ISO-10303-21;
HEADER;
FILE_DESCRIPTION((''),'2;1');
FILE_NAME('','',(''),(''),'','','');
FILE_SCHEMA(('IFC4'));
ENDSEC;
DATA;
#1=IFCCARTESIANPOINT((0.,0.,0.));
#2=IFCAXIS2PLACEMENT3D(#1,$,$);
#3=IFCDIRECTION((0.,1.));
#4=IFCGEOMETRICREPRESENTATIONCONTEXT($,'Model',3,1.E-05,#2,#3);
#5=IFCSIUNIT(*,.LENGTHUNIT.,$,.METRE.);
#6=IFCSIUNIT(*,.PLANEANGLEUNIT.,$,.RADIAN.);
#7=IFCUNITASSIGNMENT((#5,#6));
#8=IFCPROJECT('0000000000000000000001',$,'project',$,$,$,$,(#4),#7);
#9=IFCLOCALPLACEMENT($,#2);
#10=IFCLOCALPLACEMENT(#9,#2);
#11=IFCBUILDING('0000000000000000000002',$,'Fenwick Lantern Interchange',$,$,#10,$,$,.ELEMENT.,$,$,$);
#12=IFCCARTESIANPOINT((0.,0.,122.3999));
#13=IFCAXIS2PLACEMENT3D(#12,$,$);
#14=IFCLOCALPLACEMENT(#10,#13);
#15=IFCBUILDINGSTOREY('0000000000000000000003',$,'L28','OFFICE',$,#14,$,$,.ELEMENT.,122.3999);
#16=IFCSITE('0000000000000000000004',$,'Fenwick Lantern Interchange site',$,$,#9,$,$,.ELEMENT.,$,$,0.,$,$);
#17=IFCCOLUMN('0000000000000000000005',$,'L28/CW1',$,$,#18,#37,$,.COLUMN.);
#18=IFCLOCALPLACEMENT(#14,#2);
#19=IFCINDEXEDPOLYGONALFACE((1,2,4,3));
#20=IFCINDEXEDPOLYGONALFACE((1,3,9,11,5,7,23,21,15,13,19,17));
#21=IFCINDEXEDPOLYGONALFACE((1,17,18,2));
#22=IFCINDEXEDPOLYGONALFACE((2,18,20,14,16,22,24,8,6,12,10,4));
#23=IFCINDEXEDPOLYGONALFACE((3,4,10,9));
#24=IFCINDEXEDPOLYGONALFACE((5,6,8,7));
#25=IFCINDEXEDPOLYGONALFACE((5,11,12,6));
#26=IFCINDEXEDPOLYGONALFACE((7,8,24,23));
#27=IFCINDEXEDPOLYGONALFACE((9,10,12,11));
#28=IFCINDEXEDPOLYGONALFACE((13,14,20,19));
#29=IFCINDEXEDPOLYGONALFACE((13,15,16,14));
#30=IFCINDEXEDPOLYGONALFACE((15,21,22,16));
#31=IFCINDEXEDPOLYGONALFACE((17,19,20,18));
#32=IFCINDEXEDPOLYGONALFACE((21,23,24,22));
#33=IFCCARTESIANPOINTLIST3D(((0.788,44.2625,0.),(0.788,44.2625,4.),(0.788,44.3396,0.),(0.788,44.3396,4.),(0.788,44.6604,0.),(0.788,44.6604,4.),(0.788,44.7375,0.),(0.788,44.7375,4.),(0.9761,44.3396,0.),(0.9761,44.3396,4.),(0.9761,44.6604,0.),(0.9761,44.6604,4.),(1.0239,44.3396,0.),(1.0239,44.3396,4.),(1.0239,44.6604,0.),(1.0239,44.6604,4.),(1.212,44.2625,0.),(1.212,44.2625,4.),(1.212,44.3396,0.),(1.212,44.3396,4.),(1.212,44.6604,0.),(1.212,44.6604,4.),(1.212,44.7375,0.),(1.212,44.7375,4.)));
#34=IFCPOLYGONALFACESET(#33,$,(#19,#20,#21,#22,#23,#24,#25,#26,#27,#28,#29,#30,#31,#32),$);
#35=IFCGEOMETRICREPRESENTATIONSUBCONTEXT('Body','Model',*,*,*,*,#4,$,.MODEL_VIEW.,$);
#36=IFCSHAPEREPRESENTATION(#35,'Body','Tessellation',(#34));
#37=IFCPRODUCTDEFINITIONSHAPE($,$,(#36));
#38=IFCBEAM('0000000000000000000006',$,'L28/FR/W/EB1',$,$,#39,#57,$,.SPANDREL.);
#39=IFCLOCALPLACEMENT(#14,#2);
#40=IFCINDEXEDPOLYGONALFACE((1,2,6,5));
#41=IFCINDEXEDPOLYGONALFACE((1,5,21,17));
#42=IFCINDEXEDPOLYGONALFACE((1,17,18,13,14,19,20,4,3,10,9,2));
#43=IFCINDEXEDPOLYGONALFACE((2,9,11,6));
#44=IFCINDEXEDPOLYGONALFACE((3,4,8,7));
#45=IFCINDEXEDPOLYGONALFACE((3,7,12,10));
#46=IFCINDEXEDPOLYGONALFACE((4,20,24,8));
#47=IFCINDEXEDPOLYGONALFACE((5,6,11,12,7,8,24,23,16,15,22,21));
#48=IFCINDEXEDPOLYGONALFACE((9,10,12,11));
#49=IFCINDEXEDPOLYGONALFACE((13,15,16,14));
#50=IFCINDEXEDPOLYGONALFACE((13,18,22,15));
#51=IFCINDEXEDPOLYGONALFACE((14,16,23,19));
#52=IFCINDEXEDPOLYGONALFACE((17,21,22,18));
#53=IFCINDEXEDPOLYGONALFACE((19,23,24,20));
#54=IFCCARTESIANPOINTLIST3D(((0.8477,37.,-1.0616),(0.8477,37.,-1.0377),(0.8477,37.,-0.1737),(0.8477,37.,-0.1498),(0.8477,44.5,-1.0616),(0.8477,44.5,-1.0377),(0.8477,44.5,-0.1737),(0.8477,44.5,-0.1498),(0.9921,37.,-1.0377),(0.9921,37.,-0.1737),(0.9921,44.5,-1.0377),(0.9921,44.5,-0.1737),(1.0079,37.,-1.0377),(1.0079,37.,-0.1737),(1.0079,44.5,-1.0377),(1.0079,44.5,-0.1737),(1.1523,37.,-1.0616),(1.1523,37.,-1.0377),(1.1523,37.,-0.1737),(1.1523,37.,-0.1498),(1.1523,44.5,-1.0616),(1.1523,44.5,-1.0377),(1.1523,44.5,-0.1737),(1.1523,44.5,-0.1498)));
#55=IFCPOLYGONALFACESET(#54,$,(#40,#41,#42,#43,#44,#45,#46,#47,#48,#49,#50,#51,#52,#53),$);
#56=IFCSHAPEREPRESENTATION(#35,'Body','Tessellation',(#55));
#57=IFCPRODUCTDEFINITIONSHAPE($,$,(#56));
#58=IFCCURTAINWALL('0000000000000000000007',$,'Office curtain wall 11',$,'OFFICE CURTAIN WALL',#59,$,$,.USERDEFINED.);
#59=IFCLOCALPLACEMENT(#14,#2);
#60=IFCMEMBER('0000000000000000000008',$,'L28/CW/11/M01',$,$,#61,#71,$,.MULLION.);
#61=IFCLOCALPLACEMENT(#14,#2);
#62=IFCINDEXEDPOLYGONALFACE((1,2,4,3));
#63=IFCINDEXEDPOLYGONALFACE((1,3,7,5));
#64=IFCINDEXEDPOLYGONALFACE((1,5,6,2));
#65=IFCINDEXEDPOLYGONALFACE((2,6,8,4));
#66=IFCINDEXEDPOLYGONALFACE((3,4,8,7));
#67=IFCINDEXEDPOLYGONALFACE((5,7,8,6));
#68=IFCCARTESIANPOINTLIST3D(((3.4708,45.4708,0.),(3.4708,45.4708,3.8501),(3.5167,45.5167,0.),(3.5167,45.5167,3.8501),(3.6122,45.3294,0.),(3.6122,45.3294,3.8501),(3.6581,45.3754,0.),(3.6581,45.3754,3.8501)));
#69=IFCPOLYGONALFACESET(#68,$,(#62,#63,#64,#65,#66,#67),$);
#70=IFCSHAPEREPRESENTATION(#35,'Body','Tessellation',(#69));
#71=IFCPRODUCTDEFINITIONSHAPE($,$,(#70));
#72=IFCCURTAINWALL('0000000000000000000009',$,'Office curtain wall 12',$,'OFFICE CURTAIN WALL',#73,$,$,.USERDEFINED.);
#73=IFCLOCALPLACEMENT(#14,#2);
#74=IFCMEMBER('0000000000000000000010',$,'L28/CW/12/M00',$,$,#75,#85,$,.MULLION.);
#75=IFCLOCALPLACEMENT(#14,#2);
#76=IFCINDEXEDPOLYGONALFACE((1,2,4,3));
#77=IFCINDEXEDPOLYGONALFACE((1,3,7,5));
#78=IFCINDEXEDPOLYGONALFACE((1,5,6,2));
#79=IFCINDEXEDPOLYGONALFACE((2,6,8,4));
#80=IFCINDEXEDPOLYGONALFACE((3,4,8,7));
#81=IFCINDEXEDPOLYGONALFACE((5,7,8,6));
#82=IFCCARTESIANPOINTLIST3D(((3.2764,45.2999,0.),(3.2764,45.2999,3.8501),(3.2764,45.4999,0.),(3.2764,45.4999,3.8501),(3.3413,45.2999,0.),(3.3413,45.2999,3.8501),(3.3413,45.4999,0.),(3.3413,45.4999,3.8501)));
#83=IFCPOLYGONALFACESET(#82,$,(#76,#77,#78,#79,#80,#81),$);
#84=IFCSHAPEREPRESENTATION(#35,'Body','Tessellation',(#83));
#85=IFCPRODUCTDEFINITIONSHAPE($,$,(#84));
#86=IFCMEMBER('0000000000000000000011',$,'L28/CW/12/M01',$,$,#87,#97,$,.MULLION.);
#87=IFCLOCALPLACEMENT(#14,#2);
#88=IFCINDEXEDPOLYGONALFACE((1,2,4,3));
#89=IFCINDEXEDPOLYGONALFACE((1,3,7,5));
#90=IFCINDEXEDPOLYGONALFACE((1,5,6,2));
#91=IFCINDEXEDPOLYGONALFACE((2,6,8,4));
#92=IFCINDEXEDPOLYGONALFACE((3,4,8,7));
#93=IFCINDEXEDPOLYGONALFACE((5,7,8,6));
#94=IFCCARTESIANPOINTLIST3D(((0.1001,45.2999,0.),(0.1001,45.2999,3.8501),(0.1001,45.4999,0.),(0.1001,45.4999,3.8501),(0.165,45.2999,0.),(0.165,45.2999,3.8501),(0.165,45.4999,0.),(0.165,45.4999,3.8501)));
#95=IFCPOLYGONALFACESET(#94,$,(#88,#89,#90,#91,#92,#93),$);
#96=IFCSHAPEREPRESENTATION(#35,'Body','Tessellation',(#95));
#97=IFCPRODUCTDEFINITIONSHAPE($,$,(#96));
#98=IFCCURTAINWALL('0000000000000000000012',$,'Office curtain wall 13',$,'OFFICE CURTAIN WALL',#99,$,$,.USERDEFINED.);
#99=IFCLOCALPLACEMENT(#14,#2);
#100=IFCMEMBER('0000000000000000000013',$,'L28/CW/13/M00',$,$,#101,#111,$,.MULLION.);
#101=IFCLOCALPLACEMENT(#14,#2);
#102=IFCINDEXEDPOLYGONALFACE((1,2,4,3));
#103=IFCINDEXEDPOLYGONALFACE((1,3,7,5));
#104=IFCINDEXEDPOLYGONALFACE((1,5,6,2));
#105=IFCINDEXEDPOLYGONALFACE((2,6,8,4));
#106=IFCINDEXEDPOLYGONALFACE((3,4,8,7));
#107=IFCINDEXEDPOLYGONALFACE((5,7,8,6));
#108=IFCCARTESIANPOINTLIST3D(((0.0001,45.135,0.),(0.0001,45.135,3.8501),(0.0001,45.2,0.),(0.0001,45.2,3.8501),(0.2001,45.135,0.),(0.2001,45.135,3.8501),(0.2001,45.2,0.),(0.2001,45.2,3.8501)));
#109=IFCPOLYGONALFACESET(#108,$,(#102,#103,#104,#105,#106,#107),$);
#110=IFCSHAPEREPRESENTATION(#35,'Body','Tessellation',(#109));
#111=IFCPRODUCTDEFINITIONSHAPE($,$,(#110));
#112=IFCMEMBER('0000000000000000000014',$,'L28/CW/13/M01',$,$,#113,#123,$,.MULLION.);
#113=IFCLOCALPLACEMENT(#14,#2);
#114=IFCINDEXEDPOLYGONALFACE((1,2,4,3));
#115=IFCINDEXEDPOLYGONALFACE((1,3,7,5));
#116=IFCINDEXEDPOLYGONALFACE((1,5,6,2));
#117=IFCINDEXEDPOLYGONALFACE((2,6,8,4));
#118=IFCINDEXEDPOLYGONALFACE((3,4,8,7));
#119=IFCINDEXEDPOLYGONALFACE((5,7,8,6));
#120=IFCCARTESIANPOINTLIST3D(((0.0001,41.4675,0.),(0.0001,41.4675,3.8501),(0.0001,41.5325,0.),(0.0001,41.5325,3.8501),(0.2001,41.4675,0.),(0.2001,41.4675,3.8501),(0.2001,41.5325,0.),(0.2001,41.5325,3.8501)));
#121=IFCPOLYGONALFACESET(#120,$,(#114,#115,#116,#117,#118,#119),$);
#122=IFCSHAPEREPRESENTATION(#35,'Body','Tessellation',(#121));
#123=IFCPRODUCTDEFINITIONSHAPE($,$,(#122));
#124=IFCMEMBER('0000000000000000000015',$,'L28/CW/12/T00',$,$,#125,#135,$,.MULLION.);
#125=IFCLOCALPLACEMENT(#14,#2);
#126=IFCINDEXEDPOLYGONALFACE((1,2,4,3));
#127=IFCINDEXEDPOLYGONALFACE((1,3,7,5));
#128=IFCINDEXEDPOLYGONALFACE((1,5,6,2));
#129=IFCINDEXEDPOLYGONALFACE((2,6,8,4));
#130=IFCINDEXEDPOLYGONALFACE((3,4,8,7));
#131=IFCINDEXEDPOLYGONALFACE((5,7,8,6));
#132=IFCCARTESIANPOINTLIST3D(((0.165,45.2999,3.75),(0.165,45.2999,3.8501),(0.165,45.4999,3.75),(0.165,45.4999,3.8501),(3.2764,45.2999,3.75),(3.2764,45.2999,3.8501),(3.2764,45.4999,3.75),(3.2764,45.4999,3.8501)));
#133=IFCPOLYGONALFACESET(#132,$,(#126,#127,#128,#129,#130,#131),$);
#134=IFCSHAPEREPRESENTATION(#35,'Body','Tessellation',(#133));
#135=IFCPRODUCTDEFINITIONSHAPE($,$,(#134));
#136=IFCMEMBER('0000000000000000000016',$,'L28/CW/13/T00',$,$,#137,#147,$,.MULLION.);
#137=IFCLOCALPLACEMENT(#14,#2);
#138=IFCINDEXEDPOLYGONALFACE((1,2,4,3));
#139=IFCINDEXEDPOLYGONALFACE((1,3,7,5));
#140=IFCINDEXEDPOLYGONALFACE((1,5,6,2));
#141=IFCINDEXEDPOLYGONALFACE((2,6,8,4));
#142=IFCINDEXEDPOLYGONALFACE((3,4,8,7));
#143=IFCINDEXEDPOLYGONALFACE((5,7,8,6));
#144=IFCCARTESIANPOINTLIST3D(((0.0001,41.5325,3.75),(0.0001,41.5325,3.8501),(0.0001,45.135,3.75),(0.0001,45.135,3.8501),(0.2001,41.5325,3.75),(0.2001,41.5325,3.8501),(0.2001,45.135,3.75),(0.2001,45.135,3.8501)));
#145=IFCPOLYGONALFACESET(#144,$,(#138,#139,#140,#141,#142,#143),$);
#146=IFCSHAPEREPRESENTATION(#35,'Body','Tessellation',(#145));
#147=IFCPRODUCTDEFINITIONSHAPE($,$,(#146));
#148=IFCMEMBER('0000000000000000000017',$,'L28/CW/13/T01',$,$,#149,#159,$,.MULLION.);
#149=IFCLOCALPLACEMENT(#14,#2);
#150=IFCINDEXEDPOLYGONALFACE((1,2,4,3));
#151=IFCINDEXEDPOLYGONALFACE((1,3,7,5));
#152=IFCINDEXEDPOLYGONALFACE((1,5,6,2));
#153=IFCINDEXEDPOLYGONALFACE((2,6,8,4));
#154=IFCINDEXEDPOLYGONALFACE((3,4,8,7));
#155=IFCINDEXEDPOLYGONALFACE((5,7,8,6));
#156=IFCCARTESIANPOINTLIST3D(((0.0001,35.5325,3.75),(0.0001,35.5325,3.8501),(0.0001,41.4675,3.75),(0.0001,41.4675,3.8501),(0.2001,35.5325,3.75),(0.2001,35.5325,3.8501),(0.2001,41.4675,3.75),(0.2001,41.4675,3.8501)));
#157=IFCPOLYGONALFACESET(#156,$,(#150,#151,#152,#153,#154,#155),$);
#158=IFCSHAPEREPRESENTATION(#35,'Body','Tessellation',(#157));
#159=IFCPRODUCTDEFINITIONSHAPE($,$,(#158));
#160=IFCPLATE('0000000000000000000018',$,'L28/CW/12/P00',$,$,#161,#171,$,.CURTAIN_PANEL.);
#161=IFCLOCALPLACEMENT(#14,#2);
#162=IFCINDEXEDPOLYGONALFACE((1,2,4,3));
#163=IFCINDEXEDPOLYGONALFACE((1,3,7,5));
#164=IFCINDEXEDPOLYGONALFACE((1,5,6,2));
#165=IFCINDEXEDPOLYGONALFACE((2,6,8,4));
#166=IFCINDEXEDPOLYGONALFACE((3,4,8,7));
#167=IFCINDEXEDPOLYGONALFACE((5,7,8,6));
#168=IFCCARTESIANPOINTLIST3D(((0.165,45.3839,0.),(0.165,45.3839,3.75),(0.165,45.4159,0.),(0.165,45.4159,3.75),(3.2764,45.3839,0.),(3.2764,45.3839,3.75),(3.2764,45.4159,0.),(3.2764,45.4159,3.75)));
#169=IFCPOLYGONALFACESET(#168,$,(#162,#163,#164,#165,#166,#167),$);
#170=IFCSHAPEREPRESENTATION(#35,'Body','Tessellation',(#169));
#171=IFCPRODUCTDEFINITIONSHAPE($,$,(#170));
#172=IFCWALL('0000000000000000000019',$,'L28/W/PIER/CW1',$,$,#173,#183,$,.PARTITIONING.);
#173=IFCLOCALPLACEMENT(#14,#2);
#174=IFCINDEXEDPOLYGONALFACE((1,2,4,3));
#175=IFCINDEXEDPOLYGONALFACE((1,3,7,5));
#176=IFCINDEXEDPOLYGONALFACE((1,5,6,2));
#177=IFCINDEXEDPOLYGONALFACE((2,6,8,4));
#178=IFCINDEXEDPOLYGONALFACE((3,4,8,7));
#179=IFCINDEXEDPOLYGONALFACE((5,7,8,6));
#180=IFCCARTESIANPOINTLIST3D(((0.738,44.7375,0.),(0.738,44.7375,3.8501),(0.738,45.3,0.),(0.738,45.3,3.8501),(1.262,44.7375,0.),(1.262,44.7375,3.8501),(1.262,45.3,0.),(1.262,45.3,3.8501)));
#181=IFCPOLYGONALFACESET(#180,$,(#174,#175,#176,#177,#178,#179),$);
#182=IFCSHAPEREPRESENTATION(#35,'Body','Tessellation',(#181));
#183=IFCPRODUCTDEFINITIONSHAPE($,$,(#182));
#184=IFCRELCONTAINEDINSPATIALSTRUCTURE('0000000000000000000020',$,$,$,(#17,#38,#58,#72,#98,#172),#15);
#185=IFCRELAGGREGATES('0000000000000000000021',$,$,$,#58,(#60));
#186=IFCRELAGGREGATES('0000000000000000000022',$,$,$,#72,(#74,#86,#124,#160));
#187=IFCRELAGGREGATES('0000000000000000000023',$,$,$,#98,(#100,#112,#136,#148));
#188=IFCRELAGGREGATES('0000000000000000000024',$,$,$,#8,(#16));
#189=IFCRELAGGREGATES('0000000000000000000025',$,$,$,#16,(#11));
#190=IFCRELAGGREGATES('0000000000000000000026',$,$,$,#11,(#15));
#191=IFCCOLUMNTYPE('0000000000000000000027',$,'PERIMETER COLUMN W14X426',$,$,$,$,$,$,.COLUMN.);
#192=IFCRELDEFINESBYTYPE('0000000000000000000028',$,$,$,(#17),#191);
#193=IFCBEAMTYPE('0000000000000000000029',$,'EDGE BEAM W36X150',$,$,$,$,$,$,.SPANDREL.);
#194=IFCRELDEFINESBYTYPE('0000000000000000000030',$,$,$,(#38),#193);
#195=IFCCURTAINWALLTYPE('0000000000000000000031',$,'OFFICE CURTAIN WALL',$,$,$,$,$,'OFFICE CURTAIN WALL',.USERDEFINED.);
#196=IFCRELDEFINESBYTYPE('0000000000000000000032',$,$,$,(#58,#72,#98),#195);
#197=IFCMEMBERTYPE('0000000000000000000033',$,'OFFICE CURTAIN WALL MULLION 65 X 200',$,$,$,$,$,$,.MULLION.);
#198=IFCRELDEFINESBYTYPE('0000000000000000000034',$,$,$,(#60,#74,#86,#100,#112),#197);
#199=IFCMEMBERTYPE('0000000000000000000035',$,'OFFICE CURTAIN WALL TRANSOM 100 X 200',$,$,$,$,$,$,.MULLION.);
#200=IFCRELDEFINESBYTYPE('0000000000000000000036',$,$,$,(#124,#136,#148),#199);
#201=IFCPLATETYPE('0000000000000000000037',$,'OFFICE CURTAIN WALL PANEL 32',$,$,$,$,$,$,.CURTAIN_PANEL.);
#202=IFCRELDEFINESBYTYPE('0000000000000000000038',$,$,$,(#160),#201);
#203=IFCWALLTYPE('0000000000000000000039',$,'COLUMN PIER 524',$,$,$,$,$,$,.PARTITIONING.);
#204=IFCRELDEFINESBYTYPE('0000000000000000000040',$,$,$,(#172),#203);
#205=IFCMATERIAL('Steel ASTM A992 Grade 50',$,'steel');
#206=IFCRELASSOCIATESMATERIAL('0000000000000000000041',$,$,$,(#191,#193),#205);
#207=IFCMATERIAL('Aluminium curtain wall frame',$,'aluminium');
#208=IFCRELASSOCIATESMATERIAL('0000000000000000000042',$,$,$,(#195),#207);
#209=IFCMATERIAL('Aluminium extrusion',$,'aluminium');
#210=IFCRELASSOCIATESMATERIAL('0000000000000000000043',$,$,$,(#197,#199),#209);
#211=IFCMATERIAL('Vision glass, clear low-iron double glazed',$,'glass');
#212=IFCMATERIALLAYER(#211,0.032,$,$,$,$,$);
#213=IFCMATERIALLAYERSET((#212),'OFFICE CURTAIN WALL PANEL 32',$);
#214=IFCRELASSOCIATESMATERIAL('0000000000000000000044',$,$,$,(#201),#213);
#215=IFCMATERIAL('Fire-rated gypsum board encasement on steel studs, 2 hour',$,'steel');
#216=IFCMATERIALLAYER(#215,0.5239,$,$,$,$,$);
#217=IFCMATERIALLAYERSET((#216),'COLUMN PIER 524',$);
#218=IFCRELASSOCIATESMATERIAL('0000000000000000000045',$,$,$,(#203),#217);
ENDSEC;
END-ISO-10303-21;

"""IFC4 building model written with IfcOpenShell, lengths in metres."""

from ifc_helpers import new_model, si_unit, direction, frame, frame_2d, origin, origin_2d, place, context, subcontext, project, spatial, rectangle, i_section, extrude, material, layer, layer_set, material_profile, profile_set, type_object, element, aggregate, save


model = new_model("IFC4")

# Units and contexts
model_context = context("Model", 3, precision=1e-05, world=origin(), true_north=direction((0.0, 1.0)))
body_context = subcontext(model_context, "Body", "Model", "MODEL_VIEW")
ifc_project = project(units=[si_unit("LENGTHUNIT", "METRE"), si_unit("PLANEANGLEUNIT", "RADIAN")], contexts=[model_context])

# Site, building, storey
site_placement = place(None, origin())
site = spatial("IfcSite", under=ifc_project, at=site_placement, Name="Fenwick Lantern Interchange site", CompositionType="ELEMENT", RefElevation=0.0)
building_placement = place(site_placement, origin())
building = spatial("IfcBuilding", under=site, at=building_placement, Name="Fenwick Lantern Interchange", CompositionType="ELEMENT")
storey_placement = place(building_placement, frame((0.0, 0.0, 122.3999)))
storey = spatial("IfcBuildingStorey", under=building, at=storey_placement, Name="L28", Description="OFFICE", CompositionType="ELEMENT", Elevation=122.3999)

# Column
ifc_material_1 = material(Name="Steel ASTM A992 Grade 50", Category="steel")
ifc_material_profile_1 = material_profile(ifc_material_1, i_section(OverallWidth=0.4241, OverallDepth=0.4751, WebThickness=0.0479, FlangeThickness=0.0771, at=origin_2d()), Name="W14X426")
ifc_profile_set_1 = profile_set([ifc_material_profile_1], Name="Steel ASTM A992 Grade 50")
column_type = type_object("IfcColumnType", Name="PERIMETER COLUMN W14X426", PredefinedType="COLUMN", material=ifc_profile_set_1)
column_placement = place(storey_placement, frame((1.0, 44.5, 0.0), z_axis=(0.0, 0.0, 1.0), x_axis=(1.0, 0.0, 0.0)))
element("IfcColumn", 1, at=column_placement, inside=storey, type_object=column_type, Name="L28/CW1", PredefinedType="COLUMN", context=body_context, shape_type="SweptSolid", body=[
    extrude(i_section(OverallWidth=0.4241, OverallDepth=0.4751, WebThickness=0.0479, FlangeThickness=0.0771, at=origin_2d()), origin(), (0.0, 0.0, 1.0), 4.0),
])

# Beam
ifc_material_profile_2 = material_profile(ifc_material_1, i_section(OverallWidth=0.3047, OverallDepth=0.9119, WebThickness=0.0159, FlangeThickness=0.0239, at=origin_2d()), Name="W36X150")
ifc_profile_set_2 = profile_set([ifc_material_profile_2], Name="Steel ASTM A992 Grade 50")
beam_type = type_object("IfcBeamType", Name="EDGE BEAM W36X150", PredefinedType="SPANDREL", material=ifc_profile_set_2)
beam_placement = place(storey_placement, frame((1.0, 44.5, -0.6057), z_axis=(0.0, -1.0, 0.0), x_axis=(1.0, 0.0, 0.0)))
element("IfcBeam", 2, at=beam_placement, inside=storey, type_object=beam_type, Name="L28/FR/W/EB1", PredefinedType="SPANDREL", context=body_context, shape_type="SweptSolid", body=[
    extrude(i_section(OverallWidth=0.3047, OverallDepth=0.9119, WebThickness=0.0159, FlangeThickness=0.0239, at=origin_2d()), origin(), (0.0, 0.0, 1.0), 7.5),
])

# Curtain wall, member
ifc_material_2 = material(Name="Aluminium curtain wall frame", Category="aluminium")
curtain_wall_type = type_object("IfcCurtainWallType", Name="OFFICE CURTAIN WALL", ElementType="OFFICE CURTAIN WALL", PredefinedType="USERDEFINED", material=ifc_material_2)
curtain_wall_1_placement = place(storey_placement, origin())
curtain_wall_1 = element("IfcCurtainWall", 3, at=curtain_wall_1_placement, inside=storey, type_object=curtain_wall_type, Name="Office curtain wall 11", ObjectType="OFFICE CURTAIN WALL", PredefinedType="USERDEFINED")
ifc_material_3 = material(Name="Aluminium extrusion", Category="aluminium")
ifc_material_profile_3 = material_profile(ifc_material_3, rectangle(XDim=0.2, YDim=0.0649, at=origin_2d()), Name="OFFICE CURTAIN WALL MULLION 65 X 200")
ifc_profile_set_3 = profile_set([ifc_material_profile_3], Name="Aluminium extrusion")
member_type_1 = type_object("IfcMemberType", Name="OFFICE CURTAIN WALL MULLION 65 X 200", PredefinedType="MULLION", material=ifc_profile_set_3)
member_1_placement = place(storey_placement, frame((3.5645, 45.4231, 0.0), z_axis=(0.0, 0.0, 1.0), x_axis=(0.707107, -0.707107, 0.0)))
member_1 = element("IfcMember", 4, at=member_1_placement, type_object=member_type_1, Name="L28/CW/11/M01", PredefinedType="MULLION", context=body_context, shape_type="SweptSolid", body=[
    extrude(rectangle(XDim=0.2, YDim=0.0649, at=origin_2d()), origin(), (0.0, 0.0, 1.0), 3.8501),
])
aggregate(curtain_wall_1, [member_1])

# Curtain walls, members
curtain_wall_2_placement = place(storey_placement, origin())
curtain_wall_2 = element("IfcCurtainWall", 5, at=curtain_wall_2_placement, inside=storey, type_object=curtain_wall_type, Name="Office curtain wall 12", ObjectType="OFFICE CURTAIN WALL", PredefinedType="USERDEFINED")
member_2_placement = place(storey_placement, frame((3.3088, 45.3999, 0.0), z_axis=(0.0, 0.0, 1.0), x_axis=(0.0, -1.0, 0.0)))
member_2 = element("IfcMember", 6, at=member_2_placement, type_object=member_type_1, Name="L28/CW/12/M00", PredefinedType="MULLION", context=body_context, shape_type="SweptSolid", body=[
    extrude(rectangle(XDim=0.2, YDim=0.0649, at=origin_2d()), origin(), (0.0, 0.0, 1.0), 3.8501),
])
member_3_placement = place(storey_placement, frame((0.1326, 45.3999, 0.0), z_axis=(0.0, 0.0, 1.0), x_axis=(0.0, -1.0, 0.0)))
member_3 = element("IfcMember", 7, at=member_3_placement, type_object=member_type_1, Name="L28/CW/12/M01", PredefinedType="MULLION", context=body_context, shape_type="SweptSolid", body=[
    extrude(rectangle(XDim=0.2, YDim=0.0649, at=origin_2d()), origin(), (0.0, 0.0, 1.0), 3.8501),
])
curtain_wall_3_placement = place(storey_placement, origin())
curtain_wall_3 = element("IfcCurtainWall", 8, at=curtain_wall_3_placement, inside=storey, type_object=curtain_wall_type, Name="Office curtain wall 13", ObjectType="OFFICE CURTAIN WALL", PredefinedType="USERDEFINED")
member_4_placement = place(storey_placement, frame((0.1001, 45.1675, 0.0), z_axis=(0.0, 0.0, 1.0), x_axis=(1.0, 0.0, 0.0)))
member_4 = element("IfcMember", 9, at=member_4_placement, type_object=member_type_1, Name="L28/CW/13/M00", PredefinedType="MULLION", context=body_context, shape_type="SweptSolid", body=[
    extrude(rectangle(XDim=0.2, YDim=0.0649, at=origin_2d()), origin(), (0.0, 0.0, 1.0), 3.8501),
])
member_5_placement = place(storey_placement, frame((0.1001, 41.5, 0.0), z_axis=(0.0, 0.0, 1.0), x_axis=(1.0, 0.0, 0.0)))
member_5 = element("IfcMember", 10, at=member_5_placement, type_object=member_type_1, Name="L28/CW/13/M01", PredefinedType="MULLION", context=body_context, shape_type="SweptSolid", body=[
    extrude(rectangle(XDim=0.2, YDim=0.0649, at=origin_2d()), origin(), (0.0, 0.0, 1.0), 3.8501),
])

# Members
ifc_material_profile_4 = material_profile(ifc_material_3, rectangle(XDim=0.2, YDim=0.1001, at=origin_2d()), Name="OFFICE CURTAIN WALL TRANSOM 100 X 200")
ifc_profile_set_4 = profile_set([ifc_material_profile_4], Name="Aluminium extrusion")
member_type_2 = type_object("IfcMemberType", Name="OFFICE CURTAIN WALL TRANSOM 100 X 200", PredefinedType="MULLION", material=ifc_profile_set_4)
member_6_placement = place(storey_placement, frame((3.2764, 45.3999, 3.8), z_axis=(-1.0, 0.0, 0.0), x_axis=(0.0, -1.0, 0.0)))
member_6 = element("IfcMember", 11, at=member_6_placement, type_object=member_type_2, Name="L28/CW/12/T00", PredefinedType="MULLION", context=body_context, shape_type="SweptSolid", body=[
    extrude(rectangle(XDim=0.2, YDim=0.1001, at=origin_2d()), origin(), (0.0, 0.0, 1.0), 3.1113),
])
member_7_placement = place(storey_placement, frame((0.1001, 45.135, 3.8), z_axis=(0.0, -1.0, 0.0), x_axis=(1.0, 0.0, 0.0)))
member_7 = element("IfcMember", 12, at=member_7_placement, type_object=member_type_2, Name="L28/CW/13/T00", PredefinedType="MULLION", context=body_context, shape_type="SweptSolid", body=[
    extrude(rectangle(XDim=0.2, YDim=0.1001, at=origin_2d()), origin(), (0.0, 0.0, 1.0), 3.6025),
])
member_8_placement = place(storey_placement, frame((0.1001, 41.4675, 3.8), z_axis=(0.0, -1.0, 0.0), x_axis=(1.0, 0.0, 0.0)))
member_8 = element("IfcMember", 13, at=member_8_placement, type_object=member_type_2, Name="L28/CW/13/T01", PredefinedType="MULLION", context=body_context, shape_type="SweptSolid", body=[
    extrude(rectangle(XDim=0.2, YDim=0.1001, at=origin_2d()), origin(), (0.0, 0.0, 1.0), 5.9351),
])

# Plate
ifc_material_4 = material(Name="Vision glass, clear low-iron double glazed", Category="glass")
ifc_layer_1 = layer(ifc_material_4, 0.032)
ifc_layer_set_1 = layer_set([ifc_layer_1], Name="OFFICE CURTAIN WALL PANEL 32")
plate_type = type_object("IfcPlateType", Name="OFFICE CURTAIN WALL PANEL 32", PredefinedType="CURTAIN_PANEL", material=ifc_layer_set_1)
plate_1_placement = place(storey_placement, frame((1.7207, 45.3999, 0.0), z_axis=(0.0, 0.0, 1.0), x_axis=(-1.0, 0.0, 0.0)))
plate_1 = element("IfcPlate", 14, at=plate_1_placement, type_object=plate_type, Name="L28/CW/12/P00", PredefinedType="CURTAIN_PANEL", context=body_context, shape_type="SweptSolid", body=[
    extrude(rectangle(XDim=3.1113, YDim=0.032, at=origin_2d()), origin(), (0.0, 0.0, 1.0), 3.75),
])
aggregate(curtain_wall_2, [member_2, member_3, member_6, plate_1])
aggregate(curtain_wall_3, [member_4, member_5, member_7, member_8])

# Wall
ifc_material_5 = material(Name="Fire-rated gypsum board encasement on steel studs, 2 hour", Category="steel")
ifc_layer_2 = layer(ifc_material_5, 0.5239)
ifc_layer_set_2 = layer_set([ifc_layer_2], Name="COLUMN PIER 524")
wall_type = type_object("IfcWallType", Name="COLUMN PIER 524", PredefinedType="PARTITIONING", material=ifc_layer_set_2)
wall_placement = place(storey_placement, frame((1.0, 45.3, 0.0), z_axis=(0.0, 0.0, 1.0), x_axis=(0.0, -1.0, 0.0)))
element("IfcWall", 15, at=wall_placement, inside=storey, type_object=wall_type, Name="L28/W/PIER/CW1", PredefinedType="PARTITIONING", context=body_context, shape_type="SweptSolid", body=[
    extrude(rectangle(XDim=0.5625, YDim=0.5239, at=frame_2d((0.2812, 0.0))), origin(), (0.0, 0.0, 1.0), 3.8501),
])

save(model, "model.ifc")
